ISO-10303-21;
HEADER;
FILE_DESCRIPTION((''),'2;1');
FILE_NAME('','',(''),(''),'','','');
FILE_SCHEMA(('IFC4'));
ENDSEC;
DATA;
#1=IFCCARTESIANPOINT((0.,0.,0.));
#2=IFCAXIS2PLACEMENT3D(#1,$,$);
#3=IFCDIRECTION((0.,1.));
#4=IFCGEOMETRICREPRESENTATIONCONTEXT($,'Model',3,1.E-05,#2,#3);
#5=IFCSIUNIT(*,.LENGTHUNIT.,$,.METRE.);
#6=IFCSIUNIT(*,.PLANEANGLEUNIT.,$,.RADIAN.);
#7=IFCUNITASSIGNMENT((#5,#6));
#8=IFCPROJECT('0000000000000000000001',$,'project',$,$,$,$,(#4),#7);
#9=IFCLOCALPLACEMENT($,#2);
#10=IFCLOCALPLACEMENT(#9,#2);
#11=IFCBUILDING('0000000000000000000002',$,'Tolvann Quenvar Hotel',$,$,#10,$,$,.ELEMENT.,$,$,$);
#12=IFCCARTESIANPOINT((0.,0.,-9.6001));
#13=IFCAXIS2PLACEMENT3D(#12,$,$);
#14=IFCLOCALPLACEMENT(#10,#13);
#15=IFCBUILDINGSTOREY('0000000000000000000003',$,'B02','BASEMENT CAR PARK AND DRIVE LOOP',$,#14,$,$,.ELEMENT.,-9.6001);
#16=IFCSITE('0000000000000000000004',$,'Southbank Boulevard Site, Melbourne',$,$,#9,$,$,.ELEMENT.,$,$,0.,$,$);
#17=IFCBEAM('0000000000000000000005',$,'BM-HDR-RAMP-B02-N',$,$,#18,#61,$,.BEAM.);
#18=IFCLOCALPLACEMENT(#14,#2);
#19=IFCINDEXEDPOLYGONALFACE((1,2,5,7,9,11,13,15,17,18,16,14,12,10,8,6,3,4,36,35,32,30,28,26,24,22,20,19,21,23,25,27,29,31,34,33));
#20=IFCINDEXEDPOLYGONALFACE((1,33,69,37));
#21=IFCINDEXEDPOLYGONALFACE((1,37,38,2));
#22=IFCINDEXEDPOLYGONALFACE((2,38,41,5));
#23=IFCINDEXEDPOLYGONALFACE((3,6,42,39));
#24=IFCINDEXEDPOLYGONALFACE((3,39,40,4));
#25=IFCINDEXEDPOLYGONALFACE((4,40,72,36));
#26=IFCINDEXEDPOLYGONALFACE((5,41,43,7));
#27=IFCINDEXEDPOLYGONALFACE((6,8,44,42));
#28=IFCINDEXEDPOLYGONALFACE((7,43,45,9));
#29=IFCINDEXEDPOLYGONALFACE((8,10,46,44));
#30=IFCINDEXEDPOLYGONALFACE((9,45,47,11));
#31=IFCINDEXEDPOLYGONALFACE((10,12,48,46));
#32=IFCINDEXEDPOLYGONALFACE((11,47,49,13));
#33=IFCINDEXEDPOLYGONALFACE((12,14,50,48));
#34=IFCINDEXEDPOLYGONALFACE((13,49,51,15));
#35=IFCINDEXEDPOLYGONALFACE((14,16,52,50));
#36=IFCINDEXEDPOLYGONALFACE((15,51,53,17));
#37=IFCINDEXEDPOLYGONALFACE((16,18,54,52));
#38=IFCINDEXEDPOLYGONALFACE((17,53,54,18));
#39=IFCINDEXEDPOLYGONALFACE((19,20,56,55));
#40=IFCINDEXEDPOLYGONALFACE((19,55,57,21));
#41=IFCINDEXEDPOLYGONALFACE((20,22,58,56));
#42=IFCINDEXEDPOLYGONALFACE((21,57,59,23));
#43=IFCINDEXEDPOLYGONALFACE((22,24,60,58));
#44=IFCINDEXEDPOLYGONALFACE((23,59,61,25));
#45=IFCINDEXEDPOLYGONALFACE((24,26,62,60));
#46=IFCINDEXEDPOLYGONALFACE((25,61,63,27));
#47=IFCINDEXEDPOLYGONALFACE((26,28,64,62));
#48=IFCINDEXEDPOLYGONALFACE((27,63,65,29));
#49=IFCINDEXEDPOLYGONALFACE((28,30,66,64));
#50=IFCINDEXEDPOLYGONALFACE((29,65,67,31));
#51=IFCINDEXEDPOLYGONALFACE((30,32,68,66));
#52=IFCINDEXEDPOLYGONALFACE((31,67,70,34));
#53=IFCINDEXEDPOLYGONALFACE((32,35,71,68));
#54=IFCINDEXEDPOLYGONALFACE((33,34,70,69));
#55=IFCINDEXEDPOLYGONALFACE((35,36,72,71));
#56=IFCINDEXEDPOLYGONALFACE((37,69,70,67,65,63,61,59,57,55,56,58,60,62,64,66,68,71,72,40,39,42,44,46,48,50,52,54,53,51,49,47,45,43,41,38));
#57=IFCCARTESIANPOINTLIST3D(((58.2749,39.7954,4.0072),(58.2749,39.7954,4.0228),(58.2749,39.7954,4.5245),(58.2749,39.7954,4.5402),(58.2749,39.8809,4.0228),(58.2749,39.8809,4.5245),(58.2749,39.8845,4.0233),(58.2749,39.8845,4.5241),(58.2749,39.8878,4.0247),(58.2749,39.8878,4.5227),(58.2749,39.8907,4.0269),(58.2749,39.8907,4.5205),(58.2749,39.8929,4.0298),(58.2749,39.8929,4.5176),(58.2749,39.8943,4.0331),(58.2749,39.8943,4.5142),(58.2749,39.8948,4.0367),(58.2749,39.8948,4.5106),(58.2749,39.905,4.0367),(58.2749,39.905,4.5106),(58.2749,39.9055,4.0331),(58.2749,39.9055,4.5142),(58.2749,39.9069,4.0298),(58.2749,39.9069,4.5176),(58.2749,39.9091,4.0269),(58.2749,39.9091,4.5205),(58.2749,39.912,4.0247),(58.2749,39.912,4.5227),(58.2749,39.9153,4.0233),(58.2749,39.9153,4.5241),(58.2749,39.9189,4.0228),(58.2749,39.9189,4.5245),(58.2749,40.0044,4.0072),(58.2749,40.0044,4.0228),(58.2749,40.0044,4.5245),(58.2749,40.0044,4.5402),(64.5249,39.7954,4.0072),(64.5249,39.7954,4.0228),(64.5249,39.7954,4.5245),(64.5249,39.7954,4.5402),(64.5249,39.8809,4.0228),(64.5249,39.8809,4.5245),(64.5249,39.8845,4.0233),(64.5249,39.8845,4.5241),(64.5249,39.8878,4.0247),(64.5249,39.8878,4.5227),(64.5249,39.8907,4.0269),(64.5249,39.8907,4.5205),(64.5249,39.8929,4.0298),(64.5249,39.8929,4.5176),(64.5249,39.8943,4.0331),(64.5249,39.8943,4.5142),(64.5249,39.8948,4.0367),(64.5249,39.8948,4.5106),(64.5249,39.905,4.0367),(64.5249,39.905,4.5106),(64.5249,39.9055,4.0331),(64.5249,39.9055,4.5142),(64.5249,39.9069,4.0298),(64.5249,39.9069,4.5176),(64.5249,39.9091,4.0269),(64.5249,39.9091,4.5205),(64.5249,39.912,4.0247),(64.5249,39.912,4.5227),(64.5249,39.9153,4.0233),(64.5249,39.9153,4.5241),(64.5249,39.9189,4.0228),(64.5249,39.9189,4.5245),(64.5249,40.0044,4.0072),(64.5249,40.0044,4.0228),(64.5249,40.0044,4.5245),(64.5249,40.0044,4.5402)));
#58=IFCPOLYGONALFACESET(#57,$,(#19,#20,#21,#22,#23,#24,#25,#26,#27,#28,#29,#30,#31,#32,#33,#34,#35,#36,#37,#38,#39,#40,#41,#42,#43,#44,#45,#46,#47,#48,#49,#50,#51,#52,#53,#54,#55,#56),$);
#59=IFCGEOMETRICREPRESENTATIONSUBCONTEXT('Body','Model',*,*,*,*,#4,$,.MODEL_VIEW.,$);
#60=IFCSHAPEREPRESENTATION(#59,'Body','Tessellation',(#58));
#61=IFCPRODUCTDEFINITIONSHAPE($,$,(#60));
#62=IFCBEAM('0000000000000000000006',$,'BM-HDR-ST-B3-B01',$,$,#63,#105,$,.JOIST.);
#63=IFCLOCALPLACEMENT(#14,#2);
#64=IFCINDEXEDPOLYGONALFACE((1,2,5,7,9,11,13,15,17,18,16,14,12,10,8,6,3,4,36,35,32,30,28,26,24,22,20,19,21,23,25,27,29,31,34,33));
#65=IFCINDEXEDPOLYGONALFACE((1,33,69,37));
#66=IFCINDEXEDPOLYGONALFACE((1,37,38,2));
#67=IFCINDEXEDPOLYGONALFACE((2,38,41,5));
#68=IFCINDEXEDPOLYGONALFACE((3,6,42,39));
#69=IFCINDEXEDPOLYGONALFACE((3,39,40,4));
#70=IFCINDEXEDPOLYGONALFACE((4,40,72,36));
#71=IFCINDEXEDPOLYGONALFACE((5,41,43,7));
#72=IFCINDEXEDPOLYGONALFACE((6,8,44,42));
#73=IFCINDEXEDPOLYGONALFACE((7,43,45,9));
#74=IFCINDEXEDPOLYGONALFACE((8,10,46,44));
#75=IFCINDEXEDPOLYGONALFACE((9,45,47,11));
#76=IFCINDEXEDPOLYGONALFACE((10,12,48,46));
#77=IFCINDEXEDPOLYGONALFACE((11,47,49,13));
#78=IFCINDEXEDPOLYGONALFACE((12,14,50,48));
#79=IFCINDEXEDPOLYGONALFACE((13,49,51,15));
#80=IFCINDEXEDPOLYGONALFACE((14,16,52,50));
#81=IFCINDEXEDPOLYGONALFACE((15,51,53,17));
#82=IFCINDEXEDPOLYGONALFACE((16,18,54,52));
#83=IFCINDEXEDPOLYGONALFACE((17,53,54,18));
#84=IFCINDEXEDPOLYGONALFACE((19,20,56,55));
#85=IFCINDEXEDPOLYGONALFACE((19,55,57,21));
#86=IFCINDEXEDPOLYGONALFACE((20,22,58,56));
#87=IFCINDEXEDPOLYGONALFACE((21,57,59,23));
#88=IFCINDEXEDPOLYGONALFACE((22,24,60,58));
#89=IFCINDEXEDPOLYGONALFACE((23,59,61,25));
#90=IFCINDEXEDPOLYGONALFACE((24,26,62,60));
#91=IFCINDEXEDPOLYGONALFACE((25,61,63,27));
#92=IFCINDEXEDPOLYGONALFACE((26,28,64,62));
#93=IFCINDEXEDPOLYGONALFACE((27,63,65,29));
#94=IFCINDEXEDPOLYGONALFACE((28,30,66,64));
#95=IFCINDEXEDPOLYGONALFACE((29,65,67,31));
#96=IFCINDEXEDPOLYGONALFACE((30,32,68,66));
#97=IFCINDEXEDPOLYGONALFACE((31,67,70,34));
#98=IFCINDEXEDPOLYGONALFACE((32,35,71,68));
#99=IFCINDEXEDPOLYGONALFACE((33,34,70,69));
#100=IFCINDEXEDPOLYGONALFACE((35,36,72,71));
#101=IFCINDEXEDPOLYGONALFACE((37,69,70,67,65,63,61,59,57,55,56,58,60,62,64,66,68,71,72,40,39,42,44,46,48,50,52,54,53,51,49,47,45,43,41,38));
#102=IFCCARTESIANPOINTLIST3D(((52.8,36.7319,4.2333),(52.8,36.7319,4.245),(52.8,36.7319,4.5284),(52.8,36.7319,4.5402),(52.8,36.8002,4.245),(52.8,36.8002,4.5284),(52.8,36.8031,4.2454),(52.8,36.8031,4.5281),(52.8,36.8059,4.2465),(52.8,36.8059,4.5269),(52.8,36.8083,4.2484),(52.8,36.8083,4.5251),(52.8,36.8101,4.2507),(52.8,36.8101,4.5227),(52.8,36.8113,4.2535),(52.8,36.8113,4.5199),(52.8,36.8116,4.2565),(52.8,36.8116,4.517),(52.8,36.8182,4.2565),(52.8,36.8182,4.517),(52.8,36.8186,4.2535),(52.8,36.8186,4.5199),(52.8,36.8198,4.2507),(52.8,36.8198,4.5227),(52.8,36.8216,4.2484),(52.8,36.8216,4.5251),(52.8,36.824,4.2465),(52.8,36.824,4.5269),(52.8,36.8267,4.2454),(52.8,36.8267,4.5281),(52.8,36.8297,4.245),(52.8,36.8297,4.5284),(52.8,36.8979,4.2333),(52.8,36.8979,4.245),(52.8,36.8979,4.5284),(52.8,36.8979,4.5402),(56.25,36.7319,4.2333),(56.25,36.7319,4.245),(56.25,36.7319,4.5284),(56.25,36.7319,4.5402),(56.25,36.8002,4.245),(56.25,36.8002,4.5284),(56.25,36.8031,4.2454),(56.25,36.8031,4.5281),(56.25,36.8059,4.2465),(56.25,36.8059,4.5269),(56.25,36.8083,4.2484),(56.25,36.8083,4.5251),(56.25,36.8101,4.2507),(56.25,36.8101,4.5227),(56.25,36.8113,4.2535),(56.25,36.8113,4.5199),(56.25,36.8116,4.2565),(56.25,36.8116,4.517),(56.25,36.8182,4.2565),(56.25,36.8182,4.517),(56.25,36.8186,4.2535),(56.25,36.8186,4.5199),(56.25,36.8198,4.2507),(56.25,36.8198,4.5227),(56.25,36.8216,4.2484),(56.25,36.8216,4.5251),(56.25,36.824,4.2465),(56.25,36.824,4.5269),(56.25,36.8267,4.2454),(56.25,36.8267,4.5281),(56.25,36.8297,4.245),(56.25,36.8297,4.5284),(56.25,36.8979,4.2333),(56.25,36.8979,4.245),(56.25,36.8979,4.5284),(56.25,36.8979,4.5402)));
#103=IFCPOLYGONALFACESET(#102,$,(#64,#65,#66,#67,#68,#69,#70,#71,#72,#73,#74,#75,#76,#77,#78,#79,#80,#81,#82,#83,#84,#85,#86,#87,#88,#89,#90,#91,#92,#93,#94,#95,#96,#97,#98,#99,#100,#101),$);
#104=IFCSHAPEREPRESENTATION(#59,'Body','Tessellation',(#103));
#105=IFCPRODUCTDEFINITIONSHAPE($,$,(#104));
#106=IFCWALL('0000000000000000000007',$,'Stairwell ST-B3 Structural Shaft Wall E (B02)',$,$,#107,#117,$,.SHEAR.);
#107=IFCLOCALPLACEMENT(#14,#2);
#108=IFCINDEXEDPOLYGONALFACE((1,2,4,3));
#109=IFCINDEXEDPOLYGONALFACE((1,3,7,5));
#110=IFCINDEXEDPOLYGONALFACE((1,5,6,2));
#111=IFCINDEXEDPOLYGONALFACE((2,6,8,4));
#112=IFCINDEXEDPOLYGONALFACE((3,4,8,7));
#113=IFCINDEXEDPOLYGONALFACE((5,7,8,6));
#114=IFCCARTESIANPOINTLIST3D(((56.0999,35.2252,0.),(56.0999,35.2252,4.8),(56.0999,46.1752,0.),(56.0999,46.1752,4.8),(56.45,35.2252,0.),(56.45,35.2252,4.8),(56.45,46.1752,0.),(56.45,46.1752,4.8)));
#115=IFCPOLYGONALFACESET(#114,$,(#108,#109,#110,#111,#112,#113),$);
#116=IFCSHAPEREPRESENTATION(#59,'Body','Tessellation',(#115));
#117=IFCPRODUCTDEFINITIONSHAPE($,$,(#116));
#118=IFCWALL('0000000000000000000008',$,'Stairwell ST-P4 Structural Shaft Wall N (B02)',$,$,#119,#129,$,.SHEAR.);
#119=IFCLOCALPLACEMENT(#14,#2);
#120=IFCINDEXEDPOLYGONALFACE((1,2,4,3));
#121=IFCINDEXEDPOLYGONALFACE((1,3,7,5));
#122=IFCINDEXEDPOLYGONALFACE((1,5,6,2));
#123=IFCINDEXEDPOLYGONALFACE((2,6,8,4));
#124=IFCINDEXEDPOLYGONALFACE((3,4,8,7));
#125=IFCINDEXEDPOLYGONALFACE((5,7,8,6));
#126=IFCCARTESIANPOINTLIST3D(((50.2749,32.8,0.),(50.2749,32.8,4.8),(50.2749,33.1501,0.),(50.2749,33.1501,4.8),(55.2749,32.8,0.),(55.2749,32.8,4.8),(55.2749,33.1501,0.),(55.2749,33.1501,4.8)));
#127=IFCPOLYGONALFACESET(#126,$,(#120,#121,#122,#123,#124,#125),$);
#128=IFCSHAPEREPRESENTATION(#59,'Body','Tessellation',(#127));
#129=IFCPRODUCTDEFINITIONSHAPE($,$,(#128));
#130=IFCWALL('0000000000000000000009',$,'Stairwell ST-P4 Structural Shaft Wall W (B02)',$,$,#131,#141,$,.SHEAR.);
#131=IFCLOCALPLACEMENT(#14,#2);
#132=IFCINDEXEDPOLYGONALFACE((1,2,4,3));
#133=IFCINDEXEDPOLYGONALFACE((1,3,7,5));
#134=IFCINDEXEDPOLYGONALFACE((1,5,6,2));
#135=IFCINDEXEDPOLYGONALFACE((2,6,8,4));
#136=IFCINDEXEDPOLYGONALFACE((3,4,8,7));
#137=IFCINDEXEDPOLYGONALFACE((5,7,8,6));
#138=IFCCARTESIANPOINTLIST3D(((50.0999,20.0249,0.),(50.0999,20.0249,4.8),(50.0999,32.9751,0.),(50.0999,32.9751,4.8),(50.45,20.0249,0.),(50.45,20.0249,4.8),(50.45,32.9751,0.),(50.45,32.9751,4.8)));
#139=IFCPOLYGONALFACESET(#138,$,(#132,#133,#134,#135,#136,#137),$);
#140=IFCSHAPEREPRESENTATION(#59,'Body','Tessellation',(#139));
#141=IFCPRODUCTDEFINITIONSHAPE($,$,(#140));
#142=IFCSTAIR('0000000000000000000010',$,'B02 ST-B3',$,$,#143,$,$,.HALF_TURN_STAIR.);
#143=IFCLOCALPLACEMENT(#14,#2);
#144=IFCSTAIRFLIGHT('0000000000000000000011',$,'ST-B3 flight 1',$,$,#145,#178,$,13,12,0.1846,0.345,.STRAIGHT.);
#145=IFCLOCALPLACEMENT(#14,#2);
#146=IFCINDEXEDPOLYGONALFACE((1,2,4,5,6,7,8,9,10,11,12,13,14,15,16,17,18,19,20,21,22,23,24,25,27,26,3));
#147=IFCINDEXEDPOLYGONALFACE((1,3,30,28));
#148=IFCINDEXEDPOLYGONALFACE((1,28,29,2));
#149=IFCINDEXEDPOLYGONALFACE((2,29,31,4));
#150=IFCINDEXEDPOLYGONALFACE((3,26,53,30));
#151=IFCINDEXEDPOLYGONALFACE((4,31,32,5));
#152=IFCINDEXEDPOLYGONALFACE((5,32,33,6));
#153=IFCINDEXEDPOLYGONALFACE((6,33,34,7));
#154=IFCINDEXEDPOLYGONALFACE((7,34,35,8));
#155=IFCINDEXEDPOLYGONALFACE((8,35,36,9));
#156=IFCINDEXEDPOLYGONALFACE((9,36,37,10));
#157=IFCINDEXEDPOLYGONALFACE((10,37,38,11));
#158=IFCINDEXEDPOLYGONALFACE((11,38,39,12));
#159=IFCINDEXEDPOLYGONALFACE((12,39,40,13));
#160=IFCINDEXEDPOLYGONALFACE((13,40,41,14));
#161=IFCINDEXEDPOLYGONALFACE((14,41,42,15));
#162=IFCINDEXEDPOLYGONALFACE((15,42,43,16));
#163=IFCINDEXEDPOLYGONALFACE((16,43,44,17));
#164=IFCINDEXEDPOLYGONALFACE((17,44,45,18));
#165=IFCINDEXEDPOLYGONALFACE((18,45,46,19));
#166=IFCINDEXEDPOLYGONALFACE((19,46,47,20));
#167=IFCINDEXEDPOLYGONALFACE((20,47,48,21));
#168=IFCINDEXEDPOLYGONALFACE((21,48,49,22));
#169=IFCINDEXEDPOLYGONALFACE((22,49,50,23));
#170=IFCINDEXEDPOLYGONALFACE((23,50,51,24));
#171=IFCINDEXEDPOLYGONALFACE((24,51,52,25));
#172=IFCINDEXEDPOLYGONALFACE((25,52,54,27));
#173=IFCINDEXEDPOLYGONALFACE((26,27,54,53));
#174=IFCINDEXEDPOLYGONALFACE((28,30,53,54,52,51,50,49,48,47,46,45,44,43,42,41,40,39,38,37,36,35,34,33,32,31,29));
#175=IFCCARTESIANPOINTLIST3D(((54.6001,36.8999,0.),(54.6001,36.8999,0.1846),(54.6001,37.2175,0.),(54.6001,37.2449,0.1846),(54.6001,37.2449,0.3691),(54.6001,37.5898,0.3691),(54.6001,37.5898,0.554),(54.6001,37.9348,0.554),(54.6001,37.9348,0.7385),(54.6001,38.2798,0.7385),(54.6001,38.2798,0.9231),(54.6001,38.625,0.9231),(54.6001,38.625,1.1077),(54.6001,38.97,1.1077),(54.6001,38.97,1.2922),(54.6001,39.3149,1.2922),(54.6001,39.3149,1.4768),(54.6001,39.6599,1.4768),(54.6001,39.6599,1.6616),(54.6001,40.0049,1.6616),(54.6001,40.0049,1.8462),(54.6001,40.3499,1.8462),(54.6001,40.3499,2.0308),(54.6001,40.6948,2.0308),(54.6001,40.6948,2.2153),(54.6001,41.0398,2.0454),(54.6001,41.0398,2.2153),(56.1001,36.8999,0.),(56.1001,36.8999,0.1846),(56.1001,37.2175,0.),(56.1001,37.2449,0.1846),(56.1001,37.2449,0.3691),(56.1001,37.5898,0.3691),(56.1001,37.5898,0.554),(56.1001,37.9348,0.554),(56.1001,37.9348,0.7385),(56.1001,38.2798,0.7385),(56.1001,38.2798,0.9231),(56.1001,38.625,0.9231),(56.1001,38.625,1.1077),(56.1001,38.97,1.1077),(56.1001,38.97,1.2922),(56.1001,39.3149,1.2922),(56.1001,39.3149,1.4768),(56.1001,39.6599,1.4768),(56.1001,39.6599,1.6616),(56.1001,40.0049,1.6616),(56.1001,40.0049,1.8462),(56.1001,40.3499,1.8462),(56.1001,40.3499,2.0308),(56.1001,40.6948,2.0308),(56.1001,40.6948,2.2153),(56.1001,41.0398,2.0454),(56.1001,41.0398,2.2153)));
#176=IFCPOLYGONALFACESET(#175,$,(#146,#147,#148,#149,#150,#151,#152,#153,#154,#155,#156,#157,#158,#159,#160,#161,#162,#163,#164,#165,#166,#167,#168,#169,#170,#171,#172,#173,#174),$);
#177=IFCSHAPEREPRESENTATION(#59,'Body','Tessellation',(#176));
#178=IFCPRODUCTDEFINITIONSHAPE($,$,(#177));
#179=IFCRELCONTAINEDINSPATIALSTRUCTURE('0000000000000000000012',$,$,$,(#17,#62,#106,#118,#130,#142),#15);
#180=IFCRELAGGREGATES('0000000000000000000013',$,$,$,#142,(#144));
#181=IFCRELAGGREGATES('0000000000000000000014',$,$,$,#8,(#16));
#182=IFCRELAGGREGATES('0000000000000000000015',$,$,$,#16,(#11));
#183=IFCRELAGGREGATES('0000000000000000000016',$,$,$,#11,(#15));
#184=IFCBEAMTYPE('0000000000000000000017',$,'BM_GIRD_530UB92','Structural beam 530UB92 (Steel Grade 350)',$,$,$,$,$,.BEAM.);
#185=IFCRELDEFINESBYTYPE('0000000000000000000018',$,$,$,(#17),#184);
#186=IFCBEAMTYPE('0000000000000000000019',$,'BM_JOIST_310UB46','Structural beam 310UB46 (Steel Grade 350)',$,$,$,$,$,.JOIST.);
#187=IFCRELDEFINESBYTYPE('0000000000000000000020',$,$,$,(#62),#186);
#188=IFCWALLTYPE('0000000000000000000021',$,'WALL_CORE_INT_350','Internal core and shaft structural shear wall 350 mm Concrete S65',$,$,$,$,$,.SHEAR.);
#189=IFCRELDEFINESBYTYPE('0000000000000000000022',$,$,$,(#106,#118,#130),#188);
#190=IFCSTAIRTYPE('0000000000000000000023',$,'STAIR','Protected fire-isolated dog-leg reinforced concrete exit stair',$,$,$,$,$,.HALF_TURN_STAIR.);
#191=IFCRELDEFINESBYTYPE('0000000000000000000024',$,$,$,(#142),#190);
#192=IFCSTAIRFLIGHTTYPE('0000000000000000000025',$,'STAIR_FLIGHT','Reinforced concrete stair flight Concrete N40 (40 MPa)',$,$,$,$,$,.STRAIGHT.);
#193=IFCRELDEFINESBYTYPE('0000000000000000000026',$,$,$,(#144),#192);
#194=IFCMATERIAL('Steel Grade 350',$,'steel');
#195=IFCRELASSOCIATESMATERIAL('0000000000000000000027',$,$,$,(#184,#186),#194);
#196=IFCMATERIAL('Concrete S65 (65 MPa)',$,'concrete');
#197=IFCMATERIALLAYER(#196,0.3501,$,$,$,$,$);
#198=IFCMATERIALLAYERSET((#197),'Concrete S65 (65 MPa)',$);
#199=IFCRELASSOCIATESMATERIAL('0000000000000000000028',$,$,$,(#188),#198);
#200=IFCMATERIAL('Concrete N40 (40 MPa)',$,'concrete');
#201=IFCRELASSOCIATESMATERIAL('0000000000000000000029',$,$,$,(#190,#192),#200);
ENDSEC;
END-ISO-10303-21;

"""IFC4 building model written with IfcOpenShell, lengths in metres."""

from ifc_helpers import new_model, si_unit, direction, frame, frame_2d, origin, origin_2d, place, context, subcontext, project, spatial, polyline, rectangle, i_section, outline, extrude, source, transform, mapped, material, layer, layer_set, material_profile, profile_set, type_object, type_shapes, element, aggregate, save


model = new_model("IFC4")

# Units and contexts
model_context = context("Model", 3, precision=1e-05, world=origin(), true_north=direction((0.0, 1.0)))
body_context = subcontext(model_context, "Body", "Model", "MODEL_VIEW")
ifc_project = project(units=[si_unit("LENGTHUNIT", "METRE"), si_unit("PLANEANGLEUNIT", "RADIAN")], contexts=[model_context])

# Site, building, storey
site_placement = place(None, origin())
site = spatial("IfcSite", under=ifc_project, at=site_placement, Name="Southbank Boulevard Site, Melbourne", CompositionType="ELEMENT", RefElevation=0.0)
building_placement = place(site_placement, origin())
building = spatial("IfcBuilding", under=site, at=building_placement, Name="Tolvann Quenvar Hotel", CompositionType="ELEMENT")
storey_placement = place(building_placement, frame((0.0, 0.0, -9.6001)))
storey = spatial("IfcBuildingStorey", under=building, at=storey_placement, Name="B02", Description="BASEMENT CAR PARK AND DRIVE LOOP", CompositionType="ELEMENT", Elevation=-9.6001)

# Beams
ifc_material_1 = material(Name="Steel Grade 350", Category="steel")
ifc_material_profile_1 = material_profile(ifc_material_1, i_section(OverallWidth=0.209, OverallDepth=0.533, WebThickness=0.0103, FlangeThickness=0.0156, FilletRadius=0.0139, at=origin_2d()), Name="530UB92")
ifc_profile_set_1 = profile_set([ifc_material_profile_1], Name="Steel Grade 350")
beam_type_1 = type_object("IfcBeamType", Name="BM_GIRD_530UB92", Description="Structural beam 530UB92 (Steel Grade 350)", PredefinedType="BEAM", material=ifc_profile_set_1)
shared_shape_1 = source(origin(), body_context, "Body", "SweptSolid", [
    extrude(i_section(OverallWidth=0.209, OverallDepth=0.533, WebThickness=0.0103, FlangeThickness=0.0156, FilletRadius=0.0139, at=origin_2d()), origin(), (0.0, 0.0, 1.0), 6.25),
])
type_shapes(beam_type_1, [shared_shape_1])
beam_1_placement = place(storey_placement, frame((58.2749, 39.8999, 4.2737), z_axis=(1.0, 0.0, 0.0), x_axis=(0.0, 1.0, 0.0)))
element("IfcBeam", 1, at=beam_1_placement, inside=storey, type_object=beam_type_1, Name="BM-HDR-RAMP-B02-N", PredefinedType="BEAM", context=body_context, shape_type="MappedRepresentation", body=[
    mapped(shared_shape_1, transform((0.0, 0.0, 0.0), x_axis=(1.0, 0.0, 0.0), y_axis=(0.0, 1.0, 0.0), z_axis=(0.0, 0.0, 1.0), scale=1.0)),
])
ifc_material_profile_2 = material_profile(ifc_material_1, i_section(OverallWidth=0.166, OverallDepth=0.3069, WebThickness=0.0066, FlangeThickness=0.0117, FilletRadius=0.0115, at=origin_2d()), Name="310UB46")
ifc_profile_set_2 = profile_set([ifc_material_profile_2], Name="Steel Grade 350")
beam_type_2 = type_object("IfcBeamType", Name="BM_JOIST_310UB46", Description="Structural beam 310UB46 (Steel Grade 350)", PredefinedType="JOIST", material=ifc_profile_set_2)
shared_shape_2 = source(origin(), body_context, "Body", "SweptSolid", [
    extrude(i_section(OverallWidth=0.166, OverallDepth=0.3069, WebThickness=0.0066, FlangeThickness=0.0117, FilletRadius=0.0115, at=origin_2d()), origin(), (0.0, 0.0, 1.0), 3.45),
])
type_shapes(beam_type_2, [shared_shape_2])
beam_2_placement = place(storey_placement, frame((52.8, 36.8149, 4.3867), z_axis=(1.0, 0.0, 0.0), x_axis=(0.0, 1.0, 0.0)))
element("IfcBeam", 2, at=beam_2_placement, inside=storey, type_object=beam_type_2, Name="BM-HDR-ST-B3-B01", PredefinedType="JOIST", context=body_context, shape_type="MappedRepresentation", body=[
    mapped(shared_shape_2, transform((0.0, 0.0, 0.0), x_axis=(1.0, 0.0, 0.0), y_axis=(0.0, 1.0, 0.0), z_axis=(0.0, 0.0, 1.0), scale=1.0)),
])

# Shared definitions
ifc_material_2 = material(Name="Concrete S65 (65 MPa)", Category="concrete")
ifc_layer = layer(ifc_material_2, 0.3501)
ifc_layer_set = layer_set([ifc_layer], Name="Concrete S65 (65 MPa)")
wall_type = type_object("IfcWallType", Name="WALL_CORE_INT_350", Description="Internal core and shaft structural shear wall 350 mm Concrete S65", PredefinedType="SHEAR", material=ifc_layer_set)

# Walls
wall_1_placement = place(storey_placement, frame((56.2749, 35.2251, 0.0), z_axis=(0.0, 0.0, 1.0), x_axis=(0.0, 1.0, 0.0)))
element("IfcWall", 3, at=wall_1_placement, inside=storey, type_object=wall_type, Name="Stairwell ST-B3 Structural Shaft Wall E (B02)", PredefinedType="SHEAR", context=body_context, shape_type="SweptSolid", body=[
    extrude(rectangle(XDim=10.95, YDim=0.3501, at=frame_2d((5.4751, 0.0))), origin(), (0.0, 0.0, 1.0), 4.8),
])
wall_2_placement = place(storey_placement, frame((55.2749, 32.9751, 0.0), z_axis=(0.0, 0.0, 1.0), x_axis=(-1.0, 0.0, 0.0)))
element("IfcWall", 4, at=wall_2_placement, inside=storey, type_object=wall_type, Name="Stairwell ST-P4 Structural Shaft Wall N (B02)", PredefinedType="SHEAR", context=body_context, shape_type="SweptSolid", body=[
    extrude(rectangle(XDim=5.0, YDim=0.3501, at=frame_2d((2.5, 0.0))), origin(), (0.0, 0.0, 1.0), 4.8),
])
wall_3_placement = place(storey_placement, frame((50.2749, 32.9751, 0.0), z_axis=(0.0, 0.0, 1.0), x_axis=(0.0, -1.0, 0.0)))
element("IfcWall", 5, at=wall_3_placement, inside=storey, type_object=wall_type, Name="Stairwell ST-P4 Structural Shaft Wall W (B02)", PredefinedType="SHEAR", context=body_context, shape_type="SweptSolid", body=[
    extrude(rectangle(XDim=12.9502, YDim=0.3501, at=frame_2d((6.4751, 0.0))), origin(), (0.0, 0.0, 1.0), 4.8),
])

# Stair, stair flight
ifc_material_3 = material(Name="Concrete N40 (40 MPa)", Category="concrete")
stair_type = type_object("IfcStairType", Name="STAIR", Description="Protected fire-isolated dog-leg reinforced concrete exit stair", PredefinedType="HALF_TURN_STAIR", material=ifc_material_3)
stair_placement = place(storey_placement, origin())
stair = element("IfcStair", 6, at=stair_placement, inside=storey, type_object=stair_type, Name="B02 ST-B3", PredefinedType="HALF_TURN_STAIR")
stair_flight_type = type_object("IfcStairFlightType", Name="STAIR_FLIGHT", Description="Reinforced concrete stair flight Concrete N40 (40 MPa)", PredefinedType="STRAIGHT", material=ifc_material_3)
stair_flight_placement = place(storey_placement, frame((55.3501, 36.8999, 0.0), z_axis=(0.0, 0.0, 1.0), x_axis=(0.0, 1.0, 0.0)))
stair_flight = element("IfcStairFlight", 7, at=stair_flight_placement, type_object=stair_flight_type, Name="ST-B3 flight 1", NumberOfRisers=13, NumberOfTreads=12, PredefinedType="STRAIGHT", RiserHeight=0.1846, TreadLength=0.345, context=body_context, shape_type="SweptSolid", body=[
    extrude(outline(polyline([(0.0, 0.0), (0.0, 0.1846), (0.345, 0.1846), (0.345, 0.3691), (0.6899, 0.3691), (0.6899, 0.554), (1.0349, 0.554), (1.0349, 0.7385), (1.3799, 0.7385), (1.3799, 0.9231), (1.7251, 0.9231), (1.7251, 1.1077), (2.0701, 1.1077), (2.0701, 1.2922), (2.415, 1.2922), (2.415, 1.4768), (2.76, 1.4768), (2.76, 1.6616), (3.105, 1.6616), (3.105, 1.8462), (3.45, 1.8462), (3.45, 2.0308), (3.7949, 2.0308), (3.7949, 2.2153), (4.1399, 2.2153), (4.1399, 2.3999), (4.1399, 2.0454), (0.3176, 0.0), (0.0, 0.0)])), frame((0.0, 0.75, 0.0), z_axis=(0.0, -1.0, 0.0), x_axis=(1.0, 0.0, 0.0)), (0.0, 0.0, 1.0), 1.5),
])
aggregate(stair, [stair_flight])

save(model, "model.ifc")
